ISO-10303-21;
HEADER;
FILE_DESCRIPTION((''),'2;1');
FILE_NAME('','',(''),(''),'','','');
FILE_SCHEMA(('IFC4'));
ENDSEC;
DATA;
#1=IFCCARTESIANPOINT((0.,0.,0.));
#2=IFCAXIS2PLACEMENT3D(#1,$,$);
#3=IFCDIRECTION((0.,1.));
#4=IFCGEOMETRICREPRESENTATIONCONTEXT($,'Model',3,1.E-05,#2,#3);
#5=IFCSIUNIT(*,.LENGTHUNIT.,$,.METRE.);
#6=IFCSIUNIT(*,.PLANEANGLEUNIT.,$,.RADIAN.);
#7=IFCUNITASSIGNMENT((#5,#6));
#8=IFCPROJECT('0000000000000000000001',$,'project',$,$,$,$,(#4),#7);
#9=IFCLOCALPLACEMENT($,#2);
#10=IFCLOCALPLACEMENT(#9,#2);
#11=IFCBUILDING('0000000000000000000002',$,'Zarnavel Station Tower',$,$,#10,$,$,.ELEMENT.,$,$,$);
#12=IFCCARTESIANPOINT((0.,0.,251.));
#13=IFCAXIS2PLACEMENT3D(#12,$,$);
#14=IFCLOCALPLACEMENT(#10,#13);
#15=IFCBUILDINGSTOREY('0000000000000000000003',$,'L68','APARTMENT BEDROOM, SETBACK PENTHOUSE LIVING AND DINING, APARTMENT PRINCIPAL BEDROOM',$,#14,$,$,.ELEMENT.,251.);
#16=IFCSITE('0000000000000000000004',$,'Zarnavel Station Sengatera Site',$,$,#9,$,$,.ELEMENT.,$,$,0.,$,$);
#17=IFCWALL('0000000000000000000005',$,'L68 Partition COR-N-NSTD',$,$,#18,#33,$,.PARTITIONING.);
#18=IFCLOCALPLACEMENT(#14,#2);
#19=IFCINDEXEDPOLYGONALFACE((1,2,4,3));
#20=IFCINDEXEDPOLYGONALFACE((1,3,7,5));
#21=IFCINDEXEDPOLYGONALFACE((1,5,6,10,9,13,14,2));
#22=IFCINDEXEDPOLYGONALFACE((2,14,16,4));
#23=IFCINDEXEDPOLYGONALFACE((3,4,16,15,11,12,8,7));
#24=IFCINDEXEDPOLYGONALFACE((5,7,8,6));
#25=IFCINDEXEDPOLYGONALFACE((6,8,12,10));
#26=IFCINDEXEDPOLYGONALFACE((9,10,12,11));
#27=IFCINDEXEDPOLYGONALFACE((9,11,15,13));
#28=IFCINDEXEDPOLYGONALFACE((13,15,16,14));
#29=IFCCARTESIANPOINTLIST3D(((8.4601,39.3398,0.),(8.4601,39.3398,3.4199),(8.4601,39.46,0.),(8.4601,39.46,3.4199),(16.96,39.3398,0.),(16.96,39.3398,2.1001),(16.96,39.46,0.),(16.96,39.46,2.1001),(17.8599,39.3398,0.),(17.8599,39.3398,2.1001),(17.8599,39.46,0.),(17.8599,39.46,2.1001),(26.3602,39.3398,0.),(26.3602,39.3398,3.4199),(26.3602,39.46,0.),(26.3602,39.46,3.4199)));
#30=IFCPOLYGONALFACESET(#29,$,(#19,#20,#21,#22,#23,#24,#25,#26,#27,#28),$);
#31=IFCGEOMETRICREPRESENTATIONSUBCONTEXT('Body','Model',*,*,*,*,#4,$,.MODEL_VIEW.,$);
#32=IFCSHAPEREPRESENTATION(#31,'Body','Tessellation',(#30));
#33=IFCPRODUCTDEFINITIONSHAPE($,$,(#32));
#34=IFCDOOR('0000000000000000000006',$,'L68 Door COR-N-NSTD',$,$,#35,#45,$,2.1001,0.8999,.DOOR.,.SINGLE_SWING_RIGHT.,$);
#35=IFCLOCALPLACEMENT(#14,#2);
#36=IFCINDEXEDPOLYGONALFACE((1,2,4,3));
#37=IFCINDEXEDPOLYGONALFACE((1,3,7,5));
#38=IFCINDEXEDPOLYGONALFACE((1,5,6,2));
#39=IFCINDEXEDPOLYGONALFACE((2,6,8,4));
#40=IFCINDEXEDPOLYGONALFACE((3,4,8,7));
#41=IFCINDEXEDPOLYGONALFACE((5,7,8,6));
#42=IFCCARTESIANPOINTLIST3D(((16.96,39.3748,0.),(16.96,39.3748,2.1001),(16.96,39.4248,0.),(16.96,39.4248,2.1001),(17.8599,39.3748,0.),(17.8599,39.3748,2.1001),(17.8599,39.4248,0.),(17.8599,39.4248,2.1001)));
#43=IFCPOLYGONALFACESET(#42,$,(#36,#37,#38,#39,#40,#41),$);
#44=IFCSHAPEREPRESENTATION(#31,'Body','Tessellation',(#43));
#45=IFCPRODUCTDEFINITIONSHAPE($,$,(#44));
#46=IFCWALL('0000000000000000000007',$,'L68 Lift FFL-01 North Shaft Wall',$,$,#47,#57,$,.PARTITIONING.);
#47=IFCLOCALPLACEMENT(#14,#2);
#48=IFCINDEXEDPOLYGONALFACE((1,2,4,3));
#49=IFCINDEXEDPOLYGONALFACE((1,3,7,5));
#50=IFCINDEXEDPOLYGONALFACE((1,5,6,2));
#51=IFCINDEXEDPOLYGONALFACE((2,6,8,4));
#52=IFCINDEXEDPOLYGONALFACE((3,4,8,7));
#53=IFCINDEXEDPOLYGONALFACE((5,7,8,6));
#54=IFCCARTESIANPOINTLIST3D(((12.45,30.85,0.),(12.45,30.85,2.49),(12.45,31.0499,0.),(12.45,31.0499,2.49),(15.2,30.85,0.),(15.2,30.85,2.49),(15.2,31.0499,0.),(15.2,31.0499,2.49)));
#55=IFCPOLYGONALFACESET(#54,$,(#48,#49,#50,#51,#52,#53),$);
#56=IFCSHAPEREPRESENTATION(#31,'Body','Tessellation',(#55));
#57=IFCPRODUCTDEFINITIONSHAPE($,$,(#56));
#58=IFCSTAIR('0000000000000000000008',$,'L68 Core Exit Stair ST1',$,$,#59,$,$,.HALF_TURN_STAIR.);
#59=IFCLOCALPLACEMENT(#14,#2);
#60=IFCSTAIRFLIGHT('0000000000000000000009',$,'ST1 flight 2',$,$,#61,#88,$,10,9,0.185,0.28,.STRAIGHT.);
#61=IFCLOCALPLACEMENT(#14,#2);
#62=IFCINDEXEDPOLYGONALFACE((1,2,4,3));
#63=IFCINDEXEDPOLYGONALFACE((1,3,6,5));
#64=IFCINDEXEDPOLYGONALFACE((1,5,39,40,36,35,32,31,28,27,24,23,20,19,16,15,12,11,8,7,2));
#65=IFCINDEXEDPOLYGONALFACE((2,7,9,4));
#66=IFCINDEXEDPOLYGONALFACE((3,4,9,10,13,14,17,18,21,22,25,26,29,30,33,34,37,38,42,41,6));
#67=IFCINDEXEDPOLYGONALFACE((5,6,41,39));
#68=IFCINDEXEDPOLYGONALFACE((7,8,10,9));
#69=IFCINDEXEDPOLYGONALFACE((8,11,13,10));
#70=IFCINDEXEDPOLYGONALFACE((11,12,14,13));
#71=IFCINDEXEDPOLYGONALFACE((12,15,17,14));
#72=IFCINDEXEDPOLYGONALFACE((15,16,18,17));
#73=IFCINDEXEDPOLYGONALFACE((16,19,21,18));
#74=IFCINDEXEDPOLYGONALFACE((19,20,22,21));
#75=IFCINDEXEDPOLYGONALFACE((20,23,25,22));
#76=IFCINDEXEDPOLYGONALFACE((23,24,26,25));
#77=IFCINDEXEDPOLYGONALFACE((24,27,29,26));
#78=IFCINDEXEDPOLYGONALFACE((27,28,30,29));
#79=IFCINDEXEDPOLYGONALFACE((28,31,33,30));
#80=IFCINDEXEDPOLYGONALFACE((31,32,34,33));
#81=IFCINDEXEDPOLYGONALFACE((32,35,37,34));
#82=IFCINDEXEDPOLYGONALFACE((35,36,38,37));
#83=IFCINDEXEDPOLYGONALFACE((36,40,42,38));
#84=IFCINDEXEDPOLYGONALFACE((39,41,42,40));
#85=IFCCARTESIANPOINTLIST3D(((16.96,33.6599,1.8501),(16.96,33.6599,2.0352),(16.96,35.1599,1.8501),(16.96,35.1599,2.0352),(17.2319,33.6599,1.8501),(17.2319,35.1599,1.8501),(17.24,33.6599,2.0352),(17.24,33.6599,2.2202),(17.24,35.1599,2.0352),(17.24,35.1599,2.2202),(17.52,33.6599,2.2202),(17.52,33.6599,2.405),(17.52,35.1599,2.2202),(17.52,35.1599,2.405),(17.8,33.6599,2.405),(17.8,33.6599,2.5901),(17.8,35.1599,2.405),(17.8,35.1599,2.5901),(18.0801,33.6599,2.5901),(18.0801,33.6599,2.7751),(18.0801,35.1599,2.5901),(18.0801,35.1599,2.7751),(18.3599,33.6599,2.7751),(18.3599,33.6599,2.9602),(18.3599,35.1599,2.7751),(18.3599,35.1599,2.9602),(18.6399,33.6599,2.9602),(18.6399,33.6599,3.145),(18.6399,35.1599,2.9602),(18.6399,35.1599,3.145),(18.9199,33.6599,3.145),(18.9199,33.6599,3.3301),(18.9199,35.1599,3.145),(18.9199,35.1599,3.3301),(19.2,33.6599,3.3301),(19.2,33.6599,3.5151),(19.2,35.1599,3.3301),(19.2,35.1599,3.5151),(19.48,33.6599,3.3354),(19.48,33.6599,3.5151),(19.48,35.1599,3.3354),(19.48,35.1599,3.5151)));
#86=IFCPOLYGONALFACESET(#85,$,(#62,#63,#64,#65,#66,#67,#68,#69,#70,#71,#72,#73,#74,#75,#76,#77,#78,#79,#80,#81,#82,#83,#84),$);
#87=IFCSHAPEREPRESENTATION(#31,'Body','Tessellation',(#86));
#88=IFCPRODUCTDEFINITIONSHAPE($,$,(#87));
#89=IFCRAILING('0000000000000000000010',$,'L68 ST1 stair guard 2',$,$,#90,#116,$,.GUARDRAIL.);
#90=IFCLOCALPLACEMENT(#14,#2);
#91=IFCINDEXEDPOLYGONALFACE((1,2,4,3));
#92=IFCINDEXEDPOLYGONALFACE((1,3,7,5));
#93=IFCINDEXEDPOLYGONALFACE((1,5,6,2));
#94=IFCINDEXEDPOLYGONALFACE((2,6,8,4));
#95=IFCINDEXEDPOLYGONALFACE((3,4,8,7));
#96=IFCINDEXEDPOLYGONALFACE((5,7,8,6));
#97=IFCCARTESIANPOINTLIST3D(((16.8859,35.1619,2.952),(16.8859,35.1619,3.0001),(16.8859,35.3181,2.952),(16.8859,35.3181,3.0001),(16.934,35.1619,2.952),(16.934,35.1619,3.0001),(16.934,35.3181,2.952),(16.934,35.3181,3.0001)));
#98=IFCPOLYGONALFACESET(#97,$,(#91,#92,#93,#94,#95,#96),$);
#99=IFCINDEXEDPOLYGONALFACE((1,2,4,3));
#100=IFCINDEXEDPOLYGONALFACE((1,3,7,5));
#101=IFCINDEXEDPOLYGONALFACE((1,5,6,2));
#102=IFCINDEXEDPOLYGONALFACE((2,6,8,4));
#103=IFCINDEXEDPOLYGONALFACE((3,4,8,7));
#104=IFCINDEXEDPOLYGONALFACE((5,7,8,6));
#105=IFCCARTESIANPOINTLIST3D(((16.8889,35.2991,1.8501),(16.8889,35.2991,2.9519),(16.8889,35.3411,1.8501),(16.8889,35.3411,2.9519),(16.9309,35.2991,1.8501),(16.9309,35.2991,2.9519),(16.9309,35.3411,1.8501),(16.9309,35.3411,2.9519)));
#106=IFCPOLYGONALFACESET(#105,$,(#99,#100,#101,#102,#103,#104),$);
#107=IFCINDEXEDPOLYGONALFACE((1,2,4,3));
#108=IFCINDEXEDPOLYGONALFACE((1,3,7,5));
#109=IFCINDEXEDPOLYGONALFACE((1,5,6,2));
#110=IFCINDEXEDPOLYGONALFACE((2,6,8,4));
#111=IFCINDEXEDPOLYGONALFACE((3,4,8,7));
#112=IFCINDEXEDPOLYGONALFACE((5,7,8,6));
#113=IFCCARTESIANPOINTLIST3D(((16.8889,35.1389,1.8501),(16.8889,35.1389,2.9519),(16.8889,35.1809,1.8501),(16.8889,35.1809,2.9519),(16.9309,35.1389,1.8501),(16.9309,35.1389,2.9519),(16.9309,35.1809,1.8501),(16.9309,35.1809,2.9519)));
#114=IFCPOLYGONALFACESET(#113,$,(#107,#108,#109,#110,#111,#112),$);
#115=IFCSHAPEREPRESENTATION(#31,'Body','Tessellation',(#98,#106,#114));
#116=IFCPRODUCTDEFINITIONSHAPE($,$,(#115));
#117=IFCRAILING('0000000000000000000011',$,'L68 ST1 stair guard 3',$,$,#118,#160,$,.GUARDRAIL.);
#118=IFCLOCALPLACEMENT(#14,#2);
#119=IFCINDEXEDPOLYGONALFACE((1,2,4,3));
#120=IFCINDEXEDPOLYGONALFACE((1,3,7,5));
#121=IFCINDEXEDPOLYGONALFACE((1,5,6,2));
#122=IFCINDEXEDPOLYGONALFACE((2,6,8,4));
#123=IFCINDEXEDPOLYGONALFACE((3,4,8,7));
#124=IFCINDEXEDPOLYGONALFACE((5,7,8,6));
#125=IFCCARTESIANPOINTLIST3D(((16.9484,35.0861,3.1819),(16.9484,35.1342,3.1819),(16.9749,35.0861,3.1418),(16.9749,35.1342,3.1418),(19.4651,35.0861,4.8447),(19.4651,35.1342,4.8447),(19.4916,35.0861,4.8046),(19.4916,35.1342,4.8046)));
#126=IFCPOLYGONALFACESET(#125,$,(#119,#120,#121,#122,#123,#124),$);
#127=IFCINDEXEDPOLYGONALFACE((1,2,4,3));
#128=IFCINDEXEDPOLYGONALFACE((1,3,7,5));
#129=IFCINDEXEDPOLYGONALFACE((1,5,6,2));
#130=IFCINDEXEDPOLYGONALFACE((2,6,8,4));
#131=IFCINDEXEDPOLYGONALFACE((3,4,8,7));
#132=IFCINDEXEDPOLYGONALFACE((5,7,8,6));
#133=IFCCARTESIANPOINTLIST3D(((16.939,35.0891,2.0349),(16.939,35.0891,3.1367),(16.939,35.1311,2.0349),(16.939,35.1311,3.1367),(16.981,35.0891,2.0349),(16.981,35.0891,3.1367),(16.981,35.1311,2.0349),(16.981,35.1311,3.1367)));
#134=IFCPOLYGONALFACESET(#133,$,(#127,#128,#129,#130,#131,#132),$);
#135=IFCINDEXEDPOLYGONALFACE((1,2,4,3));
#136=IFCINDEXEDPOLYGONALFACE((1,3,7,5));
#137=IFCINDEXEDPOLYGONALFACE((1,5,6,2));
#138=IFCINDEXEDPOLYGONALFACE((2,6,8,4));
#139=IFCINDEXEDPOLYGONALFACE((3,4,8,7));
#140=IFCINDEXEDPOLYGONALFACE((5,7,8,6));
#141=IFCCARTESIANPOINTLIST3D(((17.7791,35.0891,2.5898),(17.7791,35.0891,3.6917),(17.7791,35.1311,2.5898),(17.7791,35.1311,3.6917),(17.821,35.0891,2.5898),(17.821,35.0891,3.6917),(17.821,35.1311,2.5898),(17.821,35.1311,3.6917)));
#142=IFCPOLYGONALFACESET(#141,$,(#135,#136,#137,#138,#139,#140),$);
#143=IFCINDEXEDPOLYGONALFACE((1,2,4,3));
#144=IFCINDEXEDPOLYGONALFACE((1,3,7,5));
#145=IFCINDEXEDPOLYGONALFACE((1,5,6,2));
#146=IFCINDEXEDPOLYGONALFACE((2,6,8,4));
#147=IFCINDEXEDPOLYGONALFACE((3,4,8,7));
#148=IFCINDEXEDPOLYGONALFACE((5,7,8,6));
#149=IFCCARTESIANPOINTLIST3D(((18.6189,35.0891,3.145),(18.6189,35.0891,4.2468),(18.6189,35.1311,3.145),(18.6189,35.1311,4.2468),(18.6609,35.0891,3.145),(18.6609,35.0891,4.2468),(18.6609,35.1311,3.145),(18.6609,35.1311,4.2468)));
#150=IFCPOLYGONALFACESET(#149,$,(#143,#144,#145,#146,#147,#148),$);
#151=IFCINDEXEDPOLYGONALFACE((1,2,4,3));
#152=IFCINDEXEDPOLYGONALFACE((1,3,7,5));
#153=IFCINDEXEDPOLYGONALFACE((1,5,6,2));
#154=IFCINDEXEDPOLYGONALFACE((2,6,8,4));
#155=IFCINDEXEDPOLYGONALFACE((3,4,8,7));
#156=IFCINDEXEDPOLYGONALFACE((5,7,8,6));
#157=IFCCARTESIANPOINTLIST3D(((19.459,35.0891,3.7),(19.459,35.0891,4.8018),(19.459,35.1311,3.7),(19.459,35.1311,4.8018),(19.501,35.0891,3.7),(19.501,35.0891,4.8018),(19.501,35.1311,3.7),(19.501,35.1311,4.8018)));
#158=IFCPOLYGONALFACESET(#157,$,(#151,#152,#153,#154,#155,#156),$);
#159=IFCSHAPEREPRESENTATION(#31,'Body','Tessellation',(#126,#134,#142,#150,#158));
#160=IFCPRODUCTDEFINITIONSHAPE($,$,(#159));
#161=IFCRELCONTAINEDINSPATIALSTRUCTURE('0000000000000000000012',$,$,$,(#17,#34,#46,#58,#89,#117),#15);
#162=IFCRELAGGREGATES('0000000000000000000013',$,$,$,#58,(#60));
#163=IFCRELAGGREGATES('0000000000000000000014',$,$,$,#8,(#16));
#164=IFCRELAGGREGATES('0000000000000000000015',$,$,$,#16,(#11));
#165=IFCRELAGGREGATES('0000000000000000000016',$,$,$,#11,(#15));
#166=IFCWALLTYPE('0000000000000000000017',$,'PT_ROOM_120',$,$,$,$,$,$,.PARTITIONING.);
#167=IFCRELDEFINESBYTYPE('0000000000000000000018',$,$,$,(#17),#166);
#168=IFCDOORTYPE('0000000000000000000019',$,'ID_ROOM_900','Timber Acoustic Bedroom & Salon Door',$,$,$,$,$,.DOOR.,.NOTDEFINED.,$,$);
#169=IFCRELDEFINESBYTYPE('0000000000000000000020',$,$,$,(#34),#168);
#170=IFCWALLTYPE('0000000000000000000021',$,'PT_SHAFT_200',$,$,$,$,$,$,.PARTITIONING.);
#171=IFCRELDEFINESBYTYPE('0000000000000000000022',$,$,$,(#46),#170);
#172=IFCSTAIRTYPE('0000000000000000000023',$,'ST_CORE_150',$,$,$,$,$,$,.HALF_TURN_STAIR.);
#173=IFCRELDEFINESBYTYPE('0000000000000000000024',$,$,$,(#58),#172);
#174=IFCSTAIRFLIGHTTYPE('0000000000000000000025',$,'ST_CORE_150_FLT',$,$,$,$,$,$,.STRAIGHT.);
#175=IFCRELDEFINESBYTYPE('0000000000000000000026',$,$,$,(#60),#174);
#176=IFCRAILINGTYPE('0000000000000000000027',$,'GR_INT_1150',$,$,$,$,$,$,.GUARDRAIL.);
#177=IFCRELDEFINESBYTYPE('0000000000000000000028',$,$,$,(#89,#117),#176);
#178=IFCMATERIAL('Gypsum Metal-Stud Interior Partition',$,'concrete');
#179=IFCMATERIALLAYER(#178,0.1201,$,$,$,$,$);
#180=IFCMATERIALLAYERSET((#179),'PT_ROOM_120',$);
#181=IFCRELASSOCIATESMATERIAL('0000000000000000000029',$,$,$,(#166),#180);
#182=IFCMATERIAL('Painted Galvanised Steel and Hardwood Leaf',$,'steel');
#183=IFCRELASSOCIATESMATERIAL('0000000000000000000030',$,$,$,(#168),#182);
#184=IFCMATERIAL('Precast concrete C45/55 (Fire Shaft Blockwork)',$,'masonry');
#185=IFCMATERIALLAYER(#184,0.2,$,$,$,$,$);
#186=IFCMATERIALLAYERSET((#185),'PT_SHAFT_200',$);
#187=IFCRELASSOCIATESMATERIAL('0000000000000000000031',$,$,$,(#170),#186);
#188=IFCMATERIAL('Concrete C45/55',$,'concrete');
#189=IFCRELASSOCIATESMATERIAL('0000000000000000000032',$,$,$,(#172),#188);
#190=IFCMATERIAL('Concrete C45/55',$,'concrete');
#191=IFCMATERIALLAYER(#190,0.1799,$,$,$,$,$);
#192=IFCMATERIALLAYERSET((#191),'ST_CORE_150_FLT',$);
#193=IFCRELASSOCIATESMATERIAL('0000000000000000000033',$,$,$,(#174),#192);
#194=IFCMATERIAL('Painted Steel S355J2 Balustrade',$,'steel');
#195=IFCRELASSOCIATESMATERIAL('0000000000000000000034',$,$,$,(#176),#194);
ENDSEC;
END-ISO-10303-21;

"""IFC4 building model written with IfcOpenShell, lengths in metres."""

from ifc_helpers import new_model, si_unit, direction, frame, frame_2d, origin, origin_2d, place, context, subcontext, project, spatial, polyline, rectangle, outline, extrude, material, layer, layer_set, type_object, element, fill, aggregate, save


model = new_model("IFC4")

# Units and contexts
model_context = context("Model", 3, precision=1e-05, world=origin(), true_north=direction((0.0, 1.0)))
body_context = subcontext(model_context, "Body", "Model", "MODEL_VIEW")
ifc_project = project(units=[si_unit("LENGTHUNIT", "METRE"), si_unit("PLANEANGLEUNIT", "RADIAN")], contexts=[model_context])

# Site, building, storey
site_placement = place(None, origin())
site = spatial("IfcSite", under=ifc_project, at=site_placement, Name="Zarnavel Station Sengatera Site", CompositionType="ELEMENT", RefElevation=0.0)
building_placement = place(site_placement, origin())
building = spatial("IfcBuilding", under=site, at=building_placement, Name="Zarnavel Station Tower", CompositionType="ELEMENT")
storey_placement = place(building_placement, frame((0.0, 0.0, 251.0)))
storey = spatial("IfcBuildingStorey", under=building, at=storey_placement, Name="L68", Description="APARTMENT BEDROOM, SETBACK PENTHOUSE LIVING AND DINING, APARTMENT PRINCIPAL BEDROOM", CompositionType="ELEMENT", Elevation=251.0)

# Wall, opening, door
ifc_material_1 = material(Name="Gypsum Metal-Stud Interior Partition", Category="concrete")
ifc_layer_1 = layer(ifc_material_1, 0.1201)
ifc_layer_set_1 = layer_set([ifc_layer_1], Name="PT_ROOM_120")
wall_type_1 = type_object("IfcWallType", Name="PT_ROOM_120", PredefinedType="PARTITIONING", material=ifc_layer_set_1)
wall_1_placement = place(storey_placement, frame((8.46, 39.3999, 0.0), z_axis=(0.0, 0.0, 1.0), x_axis=(1.0, 0.0, 0.0)))
wall_1 = element("IfcWall", 1, at=wall_1_placement, inside=storey, type_object=wall_type_1, Name="L68 Partition COR-N-NSTD", PredefinedType="PARTITIONING", context=body_context, shape_type="SweptSolid", body=[
    extrude(rectangle(XDim=17.9001, YDim=0.1201, at=frame_2d((8.9502, 0.0))), origin(), (0.0, 0.0, 1.0), 3.4199),
])
opening_1_placement = place(wall_1_placement, frame((8.5, 0.0, 0.0)))
opening_1 = element("IfcOpeningElement", 2, at=opening_1_placement, cuts=wall_1, PredefinedType="OPENING", context=body_context, shape_type="SweptSolid", body=[
    extrude(rectangle(XDim=0.8999, YDim=2.1001, at=frame_2d((0.45, 1.05))), frame((0.0, 0.0701, 0.0), z_axis=(0.0, -1.0, 0.0), x_axis=(1.0, 0.0, 0.0)), (0.0, 0.0, 1.0), 0.1401),
])
ifc_material_2 = material(Name="Painted Galvanised Steel and Hardwood Leaf", Category="steel")
door_type = type_object("IfcDoorType", Name="ID_ROOM_900", Description="Timber Acoustic Bedroom & Salon Door", OperationType="NOTDEFINED", PredefinedType="DOOR", material=ifc_material_2)
door_placement = place(opening_1_placement, origin())
door = element("IfcDoor", 3, at=door_placement, inside=storey, type_object=door_type, Name="L68 Door COR-N-NSTD", OperationType="SINGLE_SWING_RIGHT", OverallHeight=2.1001, OverallWidth=0.8999, PredefinedType="DOOR", context=body_context, shape_type="SweptSolid", body=[
    extrude(rectangle(XDim=0.8999, YDim=2.1001, at=frame_2d((0.45, 1.05))), frame((0.0, 0.0249, 0.0), z_axis=(0.0, -1.0, 0.0), x_axis=(1.0, 0.0, 0.0)), (0.0, 0.0, 1.0), 0.05),
])
fill(opening_1, door)

# Wall
ifc_material_3 = material(Name="Precast concrete C45/55 (Fire Shaft Blockwork)", Category="masonry")
ifc_layer_2 = layer(ifc_material_3, 0.2)
ifc_layer_set_2 = layer_set([ifc_layer_2], Name="PT_SHAFT_200")
wall_type_2 = type_object("IfcWallType", Name="PT_SHAFT_200", PredefinedType="PARTITIONING", material=ifc_layer_set_2)
wall_2_placement = place(storey_placement, frame((12.45, 30.95, 0.0), z_axis=(0.0, 0.0, 1.0), x_axis=(1.0, 0.0, 0.0)))
element("IfcWall", 4, at=wall_2_placement, inside=storey, type_object=wall_type_2, Name="L68 Lift FFL-01 North Shaft Wall", PredefinedType="PARTITIONING", context=body_context, shape_type="SweptSolid", body=[
    extrude(rectangle(XDim=2.75, YDim=0.2, at=frame_2d((1.375, 0.0))), origin(), (0.0, 0.0, 1.0), 2.49),
])

# Stair, stair flight
ifc_material_4 = material(Name="Concrete C45/55", Category="concrete")
stair_type = type_object("IfcStairType", Name="ST_CORE_150", PredefinedType="HALF_TURN_STAIR", material=ifc_material_4)
stair_placement = place(storey_placement, origin())
stair = element("IfcStair", 5, at=stair_placement, inside=storey, type_object=stair_type, Name="L68 Core Exit Stair ST1", PredefinedType="HALF_TURN_STAIR")
ifc_material_5 = material(Name="Concrete C45/55", Category="concrete")
ifc_layer_3 = layer(ifc_material_5, 0.1799)
ifc_layer_set_3 = layer_set([ifc_layer_3], Name="ST_CORE_150_FLT")
stair_flight_type = type_object("IfcStairFlightType", Name="ST_CORE_150_FLT", PredefinedType="STRAIGHT", material=ifc_layer_set_3)
stair_flight_placement = place(storey_placement, frame((16.96, 34.4099, 1.8501), z_axis=(0.0, 0.0, 1.0), x_axis=(1.0, 0.0, 0.0)))
stair_flight = element("IfcStairFlight", 6, at=stair_flight_placement, type_object=stair_flight_type, Name="ST1 flight 2", NumberOfRisers=10, NumberOfTreads=9, PredefinedType="STRAIGHT", RiserHeight=0.185, TreadLength=0.28, context=body_context, shape_type="SweptSolid", body=[
    extrude(outline(polyline([(0.0, 0.0), (0.0, 0.1851), (0.28, 0.1851), (0.28, 0.3701), (0.5601, 0.3701), (0.5601, 0.5549), (0.8401, 0.5549), (0.8401, 0.74), (1.1201, 0.74), (1.1201, 0.925), (1.3999, 0.925), (1.3999, 1.1101), (1.6799, 1.1101), (1.6799, 1.2949), (1.96, 1.2949), (1.96, 1.48), (2.24, 1.48), (2.24, 1.665), (2.52, 1.665), (2.52, 1.8501), (2.52, 1.4854), (0.272, 0.0), (0.0, 0.0)])), frame((0.0, 0.75, 0.0), z_axis=(0.0, -1.0, 0.0), x_axis=(1.0, 0.0, 0.0)), (0.0, 0.0, 1.0), 1.5),
])
aggregate(stair, [stair_flight])

# Railings
ifc_material_6 = material(Name="Painted Steel S355J2 Balustrade", Category="steel")
railing_type_1 = type_object("IfcRailingType", Name="GR_INT_1150", PredefinedType="GUARDRAIL", material=ifc_material_6)
railing_1_placement = place(storey_placement, frame((16.9099, 35.3201, 1.8501)))
element("IfcRailing", 7, at=railing_1_placement, inside=storey, type_object=railing_type_1, Name="L68 ST1 stair guard 2", PredefinedType="GUARDRAIL", context=body_context, shape_type="SweptSolid", body=[
    extrude(rectangle(XDim=0.0481, YDim=0.0481, at=origin_2d()), frame((0.0, -0.002, 1.126), z_axis=(0.0, -1.0, 0.0), x_axis=(1.0, 0.0, 0.0)), (0.0, 0.0, 1.0), 0.1562),
    extrude(rectangle(XDim=0.042, YDim=0.042, at=origin_2d()), origin(), (0.0, 0.0, 1.0), 1.1018),
    extrude(rectangle(XDim=0.042, YDim=0.042, at=origin_2d()), frame((0.0, -0.1602, 0.0)), (0.0, 0.0, 1.0), 1.1018),
])
railing_2_placement = place(storey_placement, frame((16.96, 35.1101, 2.0349)))
element("IfcRailing", 8, at=railing_2_placement, inside=storey, type_object=railing_type_1, Name="L68 ST1 stair guard 3", PredefinedType="GUARDRAIL", context=body_context, shape_type="SweptSolid", body=[
    extrude(rectangle(XDim=0.0481, YDim=0.0481, at=origin_2d()), frame((0.0017, 0.0, 1.127), z_axis=(0.834331, 0.0, 0.551263), x_axis=(0.0, 1.0, 0.0)), (0.0, 0.0, 1.0), 3.0164),
    extrude(rectangle(XDim=0.042, YDim=0.042, at=origin_2d()), origin(), (0.0, 0.0, 1.0), 1.1018),
    extrude(rectangle(XDim=0.042, YDim=0.042, at=origin_2d()), frame((0.8401, 0.0, 0.5549)), (0.0, 0.0, 1.0), 1.1018),
    extrude(rectangle(XDim=0.042, YDim=0.042, at=origin_2d()), frame((1.6799, 0.0, 1.1101)), (0.0, 0.0, 1.0), 1.1018),
    extrude(rectangle(XDim=0.042, YDim=0.042, at=origin_2d()), frame((2.52, 0.0, 1.665)), (0.0, 0.0, 1.0), 1.1018),
])

save(model, "model.ifc")
